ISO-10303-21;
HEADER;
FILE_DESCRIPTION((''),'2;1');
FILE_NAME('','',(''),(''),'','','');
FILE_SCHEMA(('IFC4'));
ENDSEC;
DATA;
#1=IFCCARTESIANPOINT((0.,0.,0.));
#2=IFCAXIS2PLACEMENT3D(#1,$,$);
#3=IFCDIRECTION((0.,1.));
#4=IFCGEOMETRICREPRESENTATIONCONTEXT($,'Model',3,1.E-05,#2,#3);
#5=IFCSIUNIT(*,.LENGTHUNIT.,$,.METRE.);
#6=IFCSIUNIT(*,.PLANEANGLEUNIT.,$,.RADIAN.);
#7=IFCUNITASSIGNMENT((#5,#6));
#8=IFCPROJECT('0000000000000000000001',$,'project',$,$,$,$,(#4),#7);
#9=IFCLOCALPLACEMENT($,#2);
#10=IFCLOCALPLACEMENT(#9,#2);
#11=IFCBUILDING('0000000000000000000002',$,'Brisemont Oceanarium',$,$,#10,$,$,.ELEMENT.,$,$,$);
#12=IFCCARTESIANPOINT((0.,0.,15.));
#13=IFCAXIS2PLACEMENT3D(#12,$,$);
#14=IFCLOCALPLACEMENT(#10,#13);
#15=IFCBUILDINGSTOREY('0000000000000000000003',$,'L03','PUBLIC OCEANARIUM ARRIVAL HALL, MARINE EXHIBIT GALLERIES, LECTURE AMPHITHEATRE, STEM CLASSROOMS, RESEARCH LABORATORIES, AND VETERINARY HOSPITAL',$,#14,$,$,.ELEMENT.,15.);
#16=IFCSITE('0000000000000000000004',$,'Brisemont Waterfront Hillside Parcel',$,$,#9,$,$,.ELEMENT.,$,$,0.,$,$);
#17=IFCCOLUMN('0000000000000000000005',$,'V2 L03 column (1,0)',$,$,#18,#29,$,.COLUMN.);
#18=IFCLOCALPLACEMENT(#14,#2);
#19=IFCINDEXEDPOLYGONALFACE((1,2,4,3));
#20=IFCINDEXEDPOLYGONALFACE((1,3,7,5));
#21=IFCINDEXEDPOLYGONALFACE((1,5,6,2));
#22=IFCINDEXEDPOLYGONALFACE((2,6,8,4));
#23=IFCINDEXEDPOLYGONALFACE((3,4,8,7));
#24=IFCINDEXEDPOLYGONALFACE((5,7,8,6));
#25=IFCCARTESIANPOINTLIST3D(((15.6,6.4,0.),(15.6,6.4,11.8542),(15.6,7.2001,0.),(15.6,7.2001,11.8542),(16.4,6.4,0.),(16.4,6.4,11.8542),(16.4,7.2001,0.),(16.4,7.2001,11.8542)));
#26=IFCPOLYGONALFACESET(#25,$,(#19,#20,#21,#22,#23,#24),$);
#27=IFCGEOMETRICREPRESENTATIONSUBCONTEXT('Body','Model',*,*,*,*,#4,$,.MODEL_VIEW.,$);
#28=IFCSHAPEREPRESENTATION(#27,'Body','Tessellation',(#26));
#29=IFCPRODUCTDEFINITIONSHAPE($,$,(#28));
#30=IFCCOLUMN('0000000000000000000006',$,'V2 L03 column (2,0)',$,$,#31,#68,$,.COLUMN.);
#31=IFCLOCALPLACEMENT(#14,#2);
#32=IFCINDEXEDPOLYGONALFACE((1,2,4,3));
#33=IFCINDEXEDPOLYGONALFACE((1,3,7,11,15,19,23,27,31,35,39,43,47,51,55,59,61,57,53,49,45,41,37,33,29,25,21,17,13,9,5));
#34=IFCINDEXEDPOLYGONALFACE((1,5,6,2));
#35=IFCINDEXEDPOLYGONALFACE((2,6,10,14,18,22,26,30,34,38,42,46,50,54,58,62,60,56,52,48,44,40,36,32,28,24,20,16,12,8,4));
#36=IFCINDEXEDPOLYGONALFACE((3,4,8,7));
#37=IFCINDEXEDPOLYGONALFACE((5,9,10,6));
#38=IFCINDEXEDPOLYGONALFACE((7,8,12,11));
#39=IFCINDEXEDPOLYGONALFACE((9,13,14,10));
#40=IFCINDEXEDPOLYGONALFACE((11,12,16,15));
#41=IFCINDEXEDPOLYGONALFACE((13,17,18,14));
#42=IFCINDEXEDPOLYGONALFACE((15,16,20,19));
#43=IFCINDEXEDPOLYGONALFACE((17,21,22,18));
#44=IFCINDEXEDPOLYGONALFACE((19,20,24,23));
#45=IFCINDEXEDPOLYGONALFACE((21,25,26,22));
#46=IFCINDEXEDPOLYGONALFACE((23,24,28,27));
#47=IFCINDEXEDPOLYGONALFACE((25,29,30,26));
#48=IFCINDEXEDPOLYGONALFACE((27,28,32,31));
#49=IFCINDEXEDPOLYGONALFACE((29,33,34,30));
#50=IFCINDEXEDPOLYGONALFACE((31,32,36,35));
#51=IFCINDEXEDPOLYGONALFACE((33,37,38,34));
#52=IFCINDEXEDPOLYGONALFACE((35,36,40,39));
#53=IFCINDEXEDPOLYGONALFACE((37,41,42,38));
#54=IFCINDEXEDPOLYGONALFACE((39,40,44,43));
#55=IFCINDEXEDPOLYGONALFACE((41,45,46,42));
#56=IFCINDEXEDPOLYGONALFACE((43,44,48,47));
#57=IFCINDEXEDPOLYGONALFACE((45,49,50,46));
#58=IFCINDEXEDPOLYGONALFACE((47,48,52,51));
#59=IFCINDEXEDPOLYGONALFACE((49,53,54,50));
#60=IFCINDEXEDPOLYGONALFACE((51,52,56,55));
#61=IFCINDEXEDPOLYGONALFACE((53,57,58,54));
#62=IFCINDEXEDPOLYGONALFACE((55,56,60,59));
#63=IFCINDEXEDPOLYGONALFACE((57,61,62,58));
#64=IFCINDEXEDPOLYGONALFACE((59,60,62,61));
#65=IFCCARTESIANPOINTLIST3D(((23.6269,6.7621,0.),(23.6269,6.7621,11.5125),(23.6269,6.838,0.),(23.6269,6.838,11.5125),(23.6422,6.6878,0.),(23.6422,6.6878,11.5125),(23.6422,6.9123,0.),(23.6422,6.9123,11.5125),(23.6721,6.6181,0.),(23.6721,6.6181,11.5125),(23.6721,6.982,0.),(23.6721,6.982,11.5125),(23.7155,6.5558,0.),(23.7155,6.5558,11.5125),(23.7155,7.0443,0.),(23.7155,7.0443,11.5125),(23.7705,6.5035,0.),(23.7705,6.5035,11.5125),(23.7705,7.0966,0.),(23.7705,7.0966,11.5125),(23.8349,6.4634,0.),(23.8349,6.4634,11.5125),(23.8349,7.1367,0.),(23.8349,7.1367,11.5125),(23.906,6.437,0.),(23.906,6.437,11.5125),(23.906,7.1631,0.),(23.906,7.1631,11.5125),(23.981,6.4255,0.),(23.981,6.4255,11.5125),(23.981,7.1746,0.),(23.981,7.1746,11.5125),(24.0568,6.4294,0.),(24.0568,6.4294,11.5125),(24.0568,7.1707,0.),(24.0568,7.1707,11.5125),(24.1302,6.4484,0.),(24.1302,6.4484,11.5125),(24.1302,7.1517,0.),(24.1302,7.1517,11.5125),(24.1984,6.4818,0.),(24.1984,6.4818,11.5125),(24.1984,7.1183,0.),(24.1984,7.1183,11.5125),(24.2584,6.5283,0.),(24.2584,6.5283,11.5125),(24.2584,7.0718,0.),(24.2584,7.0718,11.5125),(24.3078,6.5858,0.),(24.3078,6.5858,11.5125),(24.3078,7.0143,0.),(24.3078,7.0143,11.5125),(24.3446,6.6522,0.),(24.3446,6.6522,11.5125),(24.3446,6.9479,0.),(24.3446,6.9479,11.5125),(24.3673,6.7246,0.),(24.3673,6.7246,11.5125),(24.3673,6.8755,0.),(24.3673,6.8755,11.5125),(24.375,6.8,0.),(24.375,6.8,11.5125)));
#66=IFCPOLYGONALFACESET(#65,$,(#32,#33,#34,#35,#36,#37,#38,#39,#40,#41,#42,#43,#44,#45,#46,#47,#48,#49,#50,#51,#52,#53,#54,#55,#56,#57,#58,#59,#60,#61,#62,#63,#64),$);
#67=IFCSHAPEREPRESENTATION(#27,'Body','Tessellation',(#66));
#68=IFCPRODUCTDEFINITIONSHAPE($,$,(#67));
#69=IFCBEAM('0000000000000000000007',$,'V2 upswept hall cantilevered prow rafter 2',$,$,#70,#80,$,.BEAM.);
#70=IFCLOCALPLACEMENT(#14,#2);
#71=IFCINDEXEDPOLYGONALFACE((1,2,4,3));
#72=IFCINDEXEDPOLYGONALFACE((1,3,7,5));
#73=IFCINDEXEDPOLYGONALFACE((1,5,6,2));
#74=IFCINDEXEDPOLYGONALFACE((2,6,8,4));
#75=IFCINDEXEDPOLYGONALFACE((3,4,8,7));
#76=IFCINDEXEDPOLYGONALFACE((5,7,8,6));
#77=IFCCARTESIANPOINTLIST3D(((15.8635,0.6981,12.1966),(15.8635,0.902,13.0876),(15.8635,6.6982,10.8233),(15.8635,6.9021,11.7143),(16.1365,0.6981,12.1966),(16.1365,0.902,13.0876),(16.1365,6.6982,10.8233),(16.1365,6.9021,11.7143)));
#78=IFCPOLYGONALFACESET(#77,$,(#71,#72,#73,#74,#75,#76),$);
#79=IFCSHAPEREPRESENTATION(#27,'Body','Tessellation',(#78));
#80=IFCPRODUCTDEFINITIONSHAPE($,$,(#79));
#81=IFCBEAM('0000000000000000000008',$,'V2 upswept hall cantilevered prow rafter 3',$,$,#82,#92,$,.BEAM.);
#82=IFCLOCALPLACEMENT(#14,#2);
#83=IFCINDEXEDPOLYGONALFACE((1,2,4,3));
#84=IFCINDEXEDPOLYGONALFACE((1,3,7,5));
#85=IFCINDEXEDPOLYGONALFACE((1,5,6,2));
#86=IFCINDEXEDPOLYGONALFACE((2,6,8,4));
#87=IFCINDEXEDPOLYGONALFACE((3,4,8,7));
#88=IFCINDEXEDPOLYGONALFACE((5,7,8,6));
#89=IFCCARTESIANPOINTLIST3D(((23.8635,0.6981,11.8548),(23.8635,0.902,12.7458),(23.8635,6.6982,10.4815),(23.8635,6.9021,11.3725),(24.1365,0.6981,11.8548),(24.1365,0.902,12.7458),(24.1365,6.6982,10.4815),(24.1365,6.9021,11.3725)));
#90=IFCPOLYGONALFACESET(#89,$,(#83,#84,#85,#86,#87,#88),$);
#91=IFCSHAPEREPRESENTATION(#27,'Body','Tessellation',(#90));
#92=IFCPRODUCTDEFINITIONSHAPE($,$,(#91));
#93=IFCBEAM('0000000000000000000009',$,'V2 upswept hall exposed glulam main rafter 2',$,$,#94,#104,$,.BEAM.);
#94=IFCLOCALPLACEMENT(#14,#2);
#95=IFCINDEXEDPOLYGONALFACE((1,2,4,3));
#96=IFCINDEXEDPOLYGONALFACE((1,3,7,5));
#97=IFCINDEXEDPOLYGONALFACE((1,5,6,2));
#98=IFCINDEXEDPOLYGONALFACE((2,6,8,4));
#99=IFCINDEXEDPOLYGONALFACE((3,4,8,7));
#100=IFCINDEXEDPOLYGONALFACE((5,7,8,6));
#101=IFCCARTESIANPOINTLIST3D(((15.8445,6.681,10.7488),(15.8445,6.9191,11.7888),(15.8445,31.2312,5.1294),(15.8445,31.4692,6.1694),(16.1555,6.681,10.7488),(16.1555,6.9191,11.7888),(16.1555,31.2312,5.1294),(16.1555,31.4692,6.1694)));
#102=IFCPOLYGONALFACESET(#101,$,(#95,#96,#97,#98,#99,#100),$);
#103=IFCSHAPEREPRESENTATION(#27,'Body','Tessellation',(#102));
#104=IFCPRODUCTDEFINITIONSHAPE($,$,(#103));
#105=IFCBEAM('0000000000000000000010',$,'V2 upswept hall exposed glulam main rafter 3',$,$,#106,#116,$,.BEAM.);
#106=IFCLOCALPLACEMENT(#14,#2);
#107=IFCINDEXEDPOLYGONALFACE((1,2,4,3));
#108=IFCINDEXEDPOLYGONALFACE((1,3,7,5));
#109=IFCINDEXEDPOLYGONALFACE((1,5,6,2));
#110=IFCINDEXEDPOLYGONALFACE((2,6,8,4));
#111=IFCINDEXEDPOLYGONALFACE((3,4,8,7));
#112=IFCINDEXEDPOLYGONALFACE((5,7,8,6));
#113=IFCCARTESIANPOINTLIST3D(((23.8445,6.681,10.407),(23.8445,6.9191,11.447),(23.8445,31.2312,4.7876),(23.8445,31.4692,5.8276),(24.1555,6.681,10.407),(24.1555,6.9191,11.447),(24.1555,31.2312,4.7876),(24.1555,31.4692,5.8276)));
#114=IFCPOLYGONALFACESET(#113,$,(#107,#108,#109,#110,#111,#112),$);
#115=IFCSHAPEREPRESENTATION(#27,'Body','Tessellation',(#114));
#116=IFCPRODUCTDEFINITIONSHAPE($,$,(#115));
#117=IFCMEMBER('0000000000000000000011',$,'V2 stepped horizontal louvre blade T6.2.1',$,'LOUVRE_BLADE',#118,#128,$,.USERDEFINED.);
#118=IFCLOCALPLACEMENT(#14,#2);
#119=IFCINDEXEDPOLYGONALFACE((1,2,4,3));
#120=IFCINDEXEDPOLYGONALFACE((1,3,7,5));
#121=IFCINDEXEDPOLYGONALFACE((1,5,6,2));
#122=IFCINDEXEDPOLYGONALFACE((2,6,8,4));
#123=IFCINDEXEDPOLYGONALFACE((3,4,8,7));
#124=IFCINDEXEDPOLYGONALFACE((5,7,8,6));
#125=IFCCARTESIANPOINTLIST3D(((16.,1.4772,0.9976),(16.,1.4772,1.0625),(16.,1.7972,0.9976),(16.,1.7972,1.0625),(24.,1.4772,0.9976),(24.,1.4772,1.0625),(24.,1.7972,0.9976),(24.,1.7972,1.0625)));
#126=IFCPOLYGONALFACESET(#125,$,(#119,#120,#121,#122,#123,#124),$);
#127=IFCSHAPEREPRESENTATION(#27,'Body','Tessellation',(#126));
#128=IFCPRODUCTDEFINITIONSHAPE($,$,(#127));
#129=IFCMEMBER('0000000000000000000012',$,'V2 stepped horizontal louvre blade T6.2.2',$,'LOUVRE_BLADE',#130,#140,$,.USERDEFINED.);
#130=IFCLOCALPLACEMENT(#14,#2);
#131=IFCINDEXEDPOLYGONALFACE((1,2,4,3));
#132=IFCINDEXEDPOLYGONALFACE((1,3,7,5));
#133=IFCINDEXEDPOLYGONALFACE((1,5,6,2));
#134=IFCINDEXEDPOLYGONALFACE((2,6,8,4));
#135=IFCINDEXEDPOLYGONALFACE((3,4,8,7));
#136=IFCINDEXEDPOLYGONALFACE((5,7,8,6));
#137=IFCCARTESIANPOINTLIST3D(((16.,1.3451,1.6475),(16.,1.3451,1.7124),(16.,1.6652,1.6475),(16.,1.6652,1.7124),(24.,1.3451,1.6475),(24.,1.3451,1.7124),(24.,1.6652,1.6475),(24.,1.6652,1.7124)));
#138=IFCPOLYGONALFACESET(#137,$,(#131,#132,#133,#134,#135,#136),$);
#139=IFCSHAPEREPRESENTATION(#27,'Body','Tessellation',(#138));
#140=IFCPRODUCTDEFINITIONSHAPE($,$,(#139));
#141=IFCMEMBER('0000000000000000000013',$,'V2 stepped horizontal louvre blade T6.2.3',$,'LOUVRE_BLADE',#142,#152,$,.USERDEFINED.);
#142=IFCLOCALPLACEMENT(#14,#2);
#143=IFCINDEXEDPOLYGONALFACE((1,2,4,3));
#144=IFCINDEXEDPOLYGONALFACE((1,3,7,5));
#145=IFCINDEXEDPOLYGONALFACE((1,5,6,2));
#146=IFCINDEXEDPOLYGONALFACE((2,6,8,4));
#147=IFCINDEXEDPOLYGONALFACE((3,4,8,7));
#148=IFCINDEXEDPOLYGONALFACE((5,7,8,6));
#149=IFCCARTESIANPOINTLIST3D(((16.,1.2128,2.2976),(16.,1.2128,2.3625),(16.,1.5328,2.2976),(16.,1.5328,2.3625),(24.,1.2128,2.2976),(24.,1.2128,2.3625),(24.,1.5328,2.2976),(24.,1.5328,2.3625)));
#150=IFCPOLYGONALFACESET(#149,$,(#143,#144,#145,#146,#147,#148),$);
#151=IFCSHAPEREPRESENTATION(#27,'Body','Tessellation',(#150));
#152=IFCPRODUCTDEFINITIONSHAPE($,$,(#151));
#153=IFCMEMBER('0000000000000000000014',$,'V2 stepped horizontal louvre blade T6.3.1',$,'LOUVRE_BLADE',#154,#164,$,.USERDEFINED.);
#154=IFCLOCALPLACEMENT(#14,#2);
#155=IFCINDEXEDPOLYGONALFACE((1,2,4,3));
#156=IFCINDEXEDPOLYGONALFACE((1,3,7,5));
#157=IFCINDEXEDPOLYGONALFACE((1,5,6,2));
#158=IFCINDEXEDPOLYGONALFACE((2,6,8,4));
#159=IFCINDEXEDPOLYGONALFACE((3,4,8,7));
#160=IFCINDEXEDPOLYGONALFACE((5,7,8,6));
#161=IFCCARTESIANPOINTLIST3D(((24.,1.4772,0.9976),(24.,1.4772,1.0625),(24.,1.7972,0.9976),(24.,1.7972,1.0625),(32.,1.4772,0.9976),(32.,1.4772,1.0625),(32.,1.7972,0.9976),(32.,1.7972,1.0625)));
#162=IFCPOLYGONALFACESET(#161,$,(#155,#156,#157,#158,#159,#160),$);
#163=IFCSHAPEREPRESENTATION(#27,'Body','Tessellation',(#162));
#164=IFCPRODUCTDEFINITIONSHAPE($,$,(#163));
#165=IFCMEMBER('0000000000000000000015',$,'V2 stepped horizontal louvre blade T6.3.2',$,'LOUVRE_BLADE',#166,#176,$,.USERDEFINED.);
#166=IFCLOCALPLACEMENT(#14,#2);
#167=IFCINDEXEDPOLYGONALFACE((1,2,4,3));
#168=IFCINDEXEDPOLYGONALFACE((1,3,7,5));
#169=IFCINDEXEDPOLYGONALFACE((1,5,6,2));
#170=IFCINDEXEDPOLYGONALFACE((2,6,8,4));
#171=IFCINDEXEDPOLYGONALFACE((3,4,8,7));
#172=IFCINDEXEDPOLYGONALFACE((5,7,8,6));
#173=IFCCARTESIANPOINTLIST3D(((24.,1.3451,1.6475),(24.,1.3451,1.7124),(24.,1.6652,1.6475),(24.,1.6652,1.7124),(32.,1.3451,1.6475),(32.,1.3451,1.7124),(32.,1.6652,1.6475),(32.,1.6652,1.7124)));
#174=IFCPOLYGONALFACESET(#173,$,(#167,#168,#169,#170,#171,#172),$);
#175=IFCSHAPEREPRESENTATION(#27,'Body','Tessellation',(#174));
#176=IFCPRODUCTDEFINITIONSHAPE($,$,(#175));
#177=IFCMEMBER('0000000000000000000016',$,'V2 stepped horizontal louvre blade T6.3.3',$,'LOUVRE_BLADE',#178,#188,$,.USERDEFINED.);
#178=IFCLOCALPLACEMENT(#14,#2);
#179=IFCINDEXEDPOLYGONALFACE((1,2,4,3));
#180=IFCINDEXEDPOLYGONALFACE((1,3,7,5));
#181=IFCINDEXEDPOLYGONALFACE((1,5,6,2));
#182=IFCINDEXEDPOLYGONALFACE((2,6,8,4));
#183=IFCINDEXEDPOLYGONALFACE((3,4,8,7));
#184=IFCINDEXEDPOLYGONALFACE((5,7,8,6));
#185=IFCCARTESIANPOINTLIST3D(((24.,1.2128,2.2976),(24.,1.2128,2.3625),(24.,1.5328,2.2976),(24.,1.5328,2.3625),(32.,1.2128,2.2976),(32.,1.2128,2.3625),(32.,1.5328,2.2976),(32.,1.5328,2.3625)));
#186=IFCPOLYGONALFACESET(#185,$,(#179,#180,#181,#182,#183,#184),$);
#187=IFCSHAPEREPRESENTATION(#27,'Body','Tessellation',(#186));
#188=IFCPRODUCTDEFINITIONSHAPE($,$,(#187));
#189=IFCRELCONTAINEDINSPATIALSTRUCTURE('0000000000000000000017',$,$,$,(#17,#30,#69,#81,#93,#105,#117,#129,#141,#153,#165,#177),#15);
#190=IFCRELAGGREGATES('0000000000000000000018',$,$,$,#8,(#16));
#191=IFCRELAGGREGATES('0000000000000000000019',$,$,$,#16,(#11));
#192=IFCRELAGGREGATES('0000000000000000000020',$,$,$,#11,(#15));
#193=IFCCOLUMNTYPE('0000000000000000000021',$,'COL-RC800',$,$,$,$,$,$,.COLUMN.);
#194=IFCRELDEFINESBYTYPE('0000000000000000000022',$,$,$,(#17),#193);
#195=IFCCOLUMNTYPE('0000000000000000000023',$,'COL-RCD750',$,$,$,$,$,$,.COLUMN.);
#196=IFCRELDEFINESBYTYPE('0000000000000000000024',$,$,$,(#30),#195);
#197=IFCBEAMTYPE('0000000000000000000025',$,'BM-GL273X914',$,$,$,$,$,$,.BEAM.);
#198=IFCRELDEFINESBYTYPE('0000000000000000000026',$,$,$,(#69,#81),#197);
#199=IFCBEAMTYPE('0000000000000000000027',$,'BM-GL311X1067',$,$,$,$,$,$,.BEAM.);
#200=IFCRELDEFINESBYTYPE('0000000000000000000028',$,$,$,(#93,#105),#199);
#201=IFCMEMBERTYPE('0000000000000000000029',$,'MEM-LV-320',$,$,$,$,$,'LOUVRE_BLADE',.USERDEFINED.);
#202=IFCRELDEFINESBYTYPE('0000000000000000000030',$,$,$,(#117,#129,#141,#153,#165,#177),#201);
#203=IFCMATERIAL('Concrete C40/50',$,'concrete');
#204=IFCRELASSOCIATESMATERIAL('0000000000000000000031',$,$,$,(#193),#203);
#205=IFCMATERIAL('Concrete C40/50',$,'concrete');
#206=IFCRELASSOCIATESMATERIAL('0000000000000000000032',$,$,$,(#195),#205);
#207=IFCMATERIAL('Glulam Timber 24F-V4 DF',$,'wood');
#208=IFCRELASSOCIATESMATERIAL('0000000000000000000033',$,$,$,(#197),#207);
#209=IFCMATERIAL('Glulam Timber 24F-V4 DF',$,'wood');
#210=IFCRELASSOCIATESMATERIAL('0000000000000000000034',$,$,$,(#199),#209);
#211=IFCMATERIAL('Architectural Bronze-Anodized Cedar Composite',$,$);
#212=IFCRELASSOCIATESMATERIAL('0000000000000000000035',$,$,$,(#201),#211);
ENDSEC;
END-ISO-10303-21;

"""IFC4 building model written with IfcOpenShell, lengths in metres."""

from ifc_helpers import new_model, si_unit, direction, frame, origin, origin_2d, place, context, subcontext, project, spatial, rectangle, circle, extrude, material, material_profile, profile_set, type_object, element, save


model = new_model("IFC4")

# Units and contexts
model_context = context("Model", 3, precision=1e-05, world=origin(), true_north=direction((0.0, 1.0)))
body_context = subcontext(model_context, "Body", "Model", "MODEL_VIEW")
ifc_project = project(units=[si_unit("LENGTHUNIT", "METRE"), si_unit("PLANEANGLEUNIT", "RADIAN")], contexts=[model_context])

# Site, building, storey
site_placement = place(None, origin())
site = spatial("IfcSite", under=ifc_project, at=site_placement, Name="Brisemont Waterfront Hillside Parcel", CompositionType="ELEMENT", RefElevation=0.0)
building_placement = place(site_placement, origin())
building = spatial("IfcBuilding", under=site, at=building_placement, Name="Brisemont Oceanarium", CompositionType="ELEMENT")
storey_placement = place(building_placement, frame((0.0, 0.0, 15.0)))
storey = spatial("IfcBuildingStorey", under=building, at=storey_placement, Name="L03", Description="PUBLIC OCEANARIUM ARRIVAL HALL, MARINE EXHIBIT GALLERIES, LECTURE AMPHITHEATRE, STEM CLASSROOMS, RESEARCH LABORATORIES, AND VETERINARY HOSPITAL", CompositionType="ELEMENT", Elevation=15.0)

# Columns
ifc_material_1 = material(Name="Concrete C40/50", Category="concrete")
ifc_material_profile_1 = material_profile(ifc_material_1, rectangle(XDim=0.8, YDim=0.8, at=origin_2d()), Name="RC-COL-800X800")
ifc_profile_set_1 = profile_set([ifc_material_profile_1], Name="Concrete C40/50")
column_type_1 = type_object("IfcColumnType", Name="COL-RC800", PredefinedType="COLUMN", material=ifc_profile_set_1)
column_1_placement = place(storey_placement, frame((16.0, 6.8, 0.0), z_axis=(0.0, 0.0, 1.0), x_axis=(0.0, 1.0, 0.0)))
element("IfcColumn", 1, at=column_1_placement, inside=storey, type_object=column_type_1, Name="V2 L03 column (1,0)", PredefinedType="COLUMN", context=body_context, shape_type="SweptSolid", body=[
    extrude(rectangle(XDim=0.8, YDim=0.8, at=origin_2d()), origin(), (0.0, 0.0, 1.0), 11.8542),
])
ifc_material_2 = material(Name="Concrete C40/50", Category="concrete")
ifc_material_profile_2 = material_profile(ifc_material_2, circle(Radius=0.375, at=origin_2d()), Name="RC-COL-D750")
ifc_profile_set_2 = profile_set([ifc_material_profile_2], Name="Concrete C40/50")
column_type_2 = type_object("IfcColumnType", Name="COL-RCD750", PredefinedType="COLUMN", material=ifc_profile_set_2)
column_2_placement = place(storey_placement, frame((24.0, 6.8, 0.0), z_axis=(0.0, 0.0, 1.0), x_axis=(1.0, 0.0, 0.0)))
element("IfcColumn", 2, at=column_2_placement, inside=storey, type_object=column_type_2, Name="V2 L03 column (2,0)", PredefinedType="COLUMN", context=body_context, shape_type="SweptSolid", body=[
    extrude(circle(Radius=0.375, at=origin_2d()), origin(), (0.0, 0.0, 1.0), 11.5125),
])

# Beams
ifc_material_3 = material(Name="Glulam Timber 24F-V4 DF", Category="wood")
ifc_material_profile_3 = material_profile(ifc_material_3, rectangle(XDim=0.2729, YDim=0.9141, at=origin_2d()), Name="GL-273X914")
ifc_profile_set_3 = profile_set([ifc_material_profile_3], Name="Glulam Timber 24F-V4 DF")
beam_type_1 = type_object("IfcBeamType", Name="BM-GL273X914", PredefinedType="BEAM", material=ifc_profile_set_3)
for number, where, z_axis, x_axis, name in (
    (3, (16.0, 0.8, 12.6421), (0.0, 0.974793, -0.223112), (-1.0, 0.0, 0.0), "V2 upswept hall cantilevered prow rafter 2"),
    (4, (24.0, 0.8, 12.3003), (0.0, 0.974793, -0.223112), (-1.0, 0.0, 0.0), "V2 upswept hall cantilevered prow rafter 3"),
):
    element("IfcBeam", number, at=place(storey_placement, frame(where, z_axis=z_axis, x_axis=x_axis)), inside=storey, type_object=beam_type_1, Name=name, PredefinedType="BEAM", context=body_context, shape_type="SweptSolid", body=[
        extrude(rectangle(XDim=0.2729, YDim=0.9141, at=origin_2d()), origin(), (0.0, 0.0, 1.0), 6.1553),
    ])
ifc_material_4 = material(Name="Glulam Timber 24F-V4 DF", Category="wood")
ifc_material_profile_4 = material_profile(ifc_material_4, rectangle(XDim=0.311, YDim=1.0669, at=origin_2d()), Name="GL-311X1067")
ifc_profile_set_4 = profile_set([ifc_material_profile_4], Name="Glulam Timber 24F-V4 DF")
beam_type_2 = type_object("IfcBeamType", Name="BM-GL311X1067", PredefinedType="BEAM", material=ifc_profile_set_4)
for number, where, z_axis, x_axis, name in (
    (5, (16.0, 6.8, 11.2688), (0.0, 0.97479, -0.223125), (-1.0, 0.0, 0.0), "V2 upswept hall exposed glulam main rafter 2"),
    (6, (24.0, 6.8, 10.927), (0.0, 0.97479, -0.223125), (-1.0, 0.0, 0.0), "V2 upswept hall exposed glulam main rafter 3"),
):
    element("IfcBeam", number, at=place(storey_placement, frame(where, z_axis=z_axis, x_axis=x_axis)), inside=storey, type_object=beam_type_2, Name=name, PredefinedType="BEAM", context=body_context, shape_type="SweptSolid", body=[
        extrude(rectangle(XDim=0.311, YDim=1.0669, at=origin_2d()), origin(), (0.0, 0.0, 1.0), 25.1851),
    ])

# Members
ifc_material_5 = material(Name="Architectural Bronze-Anodized Cedar Composite")
ifc_material_profile_5 = material_profile(ifc_material_5, rectangle(XDim=0.3201, YDim=0.0649, at=origin_2d()), Name="LOUVRE-320X65")
ifc_profile_set_5 = profile_set([ifc_material_profile_5], Name="Architectural Bronze-Anodized Cedar Composite")
member_type_1 = type_object("IfcMemberType", Name="MEM-LV-320", ElementType="LOUVRE_BLADE", PredefinedType="USERDEFINED", material=ifc_profile_set_5)
for number, where, z_axis, x_axis, name in (
    (7, (16.0, 1.6372, 1.03), (1.0, 0.0, 0.0), (0.0, 1.0, 0.0), "V2 stepped horizontal louvre blade T6.2.1"),
    (8, (16.0, 1.5051, 1.6799), (1.0, 0.0, 0.0), (0.0, 1.0, 0.0), "V2 stepped horizontal louvre blade T6.2.2"),
    (9, (16.0, 1.3728, 2.3301), (1.0, 0.0, 0.0), (0.0, 1.0, 0.0), "V2 stepped horizontal louvre blade T6.2.3"),
    (10, (24.0, 1.6372, 1.03), (1.0, 0.0, 0.0), (0.0, 1.0, 0.0), "V2 stepped horizontal louvre blade T6.3.1"),
    (11, (24.0, 1.5051, 1.6799), (1.0, 0.0, 0.0), (0.0, 1.0, 0.0), "V2 stepped horizontal louvre blade T6.3.2"),
    (12, (24.0, 1.3728, 2.3301), (1.0, 0.0, 0.0), (0.0, 1.0, 0.0), "V2 stepped horizontal louvre blade T6.3.3"),
):
    element("IfcMember", number, at=place(storey_placement, frame(where, z_axis=z_axis, x_axis=x_axis)), inside=storey, type_object=member_type_1, Name=name, ObjectType="LOUVRE_BLADE", PredefinedType="USERDEFINED", context=body_context, shape_type="SweptSolid", body=[
        extrude(rectangle(XDim=0.3201, YDim=0.0649, at=origin_2d()), origin(), (0.0, 0.0, 1.0), 8.0),
    ])

save(model, "model.ifc")
